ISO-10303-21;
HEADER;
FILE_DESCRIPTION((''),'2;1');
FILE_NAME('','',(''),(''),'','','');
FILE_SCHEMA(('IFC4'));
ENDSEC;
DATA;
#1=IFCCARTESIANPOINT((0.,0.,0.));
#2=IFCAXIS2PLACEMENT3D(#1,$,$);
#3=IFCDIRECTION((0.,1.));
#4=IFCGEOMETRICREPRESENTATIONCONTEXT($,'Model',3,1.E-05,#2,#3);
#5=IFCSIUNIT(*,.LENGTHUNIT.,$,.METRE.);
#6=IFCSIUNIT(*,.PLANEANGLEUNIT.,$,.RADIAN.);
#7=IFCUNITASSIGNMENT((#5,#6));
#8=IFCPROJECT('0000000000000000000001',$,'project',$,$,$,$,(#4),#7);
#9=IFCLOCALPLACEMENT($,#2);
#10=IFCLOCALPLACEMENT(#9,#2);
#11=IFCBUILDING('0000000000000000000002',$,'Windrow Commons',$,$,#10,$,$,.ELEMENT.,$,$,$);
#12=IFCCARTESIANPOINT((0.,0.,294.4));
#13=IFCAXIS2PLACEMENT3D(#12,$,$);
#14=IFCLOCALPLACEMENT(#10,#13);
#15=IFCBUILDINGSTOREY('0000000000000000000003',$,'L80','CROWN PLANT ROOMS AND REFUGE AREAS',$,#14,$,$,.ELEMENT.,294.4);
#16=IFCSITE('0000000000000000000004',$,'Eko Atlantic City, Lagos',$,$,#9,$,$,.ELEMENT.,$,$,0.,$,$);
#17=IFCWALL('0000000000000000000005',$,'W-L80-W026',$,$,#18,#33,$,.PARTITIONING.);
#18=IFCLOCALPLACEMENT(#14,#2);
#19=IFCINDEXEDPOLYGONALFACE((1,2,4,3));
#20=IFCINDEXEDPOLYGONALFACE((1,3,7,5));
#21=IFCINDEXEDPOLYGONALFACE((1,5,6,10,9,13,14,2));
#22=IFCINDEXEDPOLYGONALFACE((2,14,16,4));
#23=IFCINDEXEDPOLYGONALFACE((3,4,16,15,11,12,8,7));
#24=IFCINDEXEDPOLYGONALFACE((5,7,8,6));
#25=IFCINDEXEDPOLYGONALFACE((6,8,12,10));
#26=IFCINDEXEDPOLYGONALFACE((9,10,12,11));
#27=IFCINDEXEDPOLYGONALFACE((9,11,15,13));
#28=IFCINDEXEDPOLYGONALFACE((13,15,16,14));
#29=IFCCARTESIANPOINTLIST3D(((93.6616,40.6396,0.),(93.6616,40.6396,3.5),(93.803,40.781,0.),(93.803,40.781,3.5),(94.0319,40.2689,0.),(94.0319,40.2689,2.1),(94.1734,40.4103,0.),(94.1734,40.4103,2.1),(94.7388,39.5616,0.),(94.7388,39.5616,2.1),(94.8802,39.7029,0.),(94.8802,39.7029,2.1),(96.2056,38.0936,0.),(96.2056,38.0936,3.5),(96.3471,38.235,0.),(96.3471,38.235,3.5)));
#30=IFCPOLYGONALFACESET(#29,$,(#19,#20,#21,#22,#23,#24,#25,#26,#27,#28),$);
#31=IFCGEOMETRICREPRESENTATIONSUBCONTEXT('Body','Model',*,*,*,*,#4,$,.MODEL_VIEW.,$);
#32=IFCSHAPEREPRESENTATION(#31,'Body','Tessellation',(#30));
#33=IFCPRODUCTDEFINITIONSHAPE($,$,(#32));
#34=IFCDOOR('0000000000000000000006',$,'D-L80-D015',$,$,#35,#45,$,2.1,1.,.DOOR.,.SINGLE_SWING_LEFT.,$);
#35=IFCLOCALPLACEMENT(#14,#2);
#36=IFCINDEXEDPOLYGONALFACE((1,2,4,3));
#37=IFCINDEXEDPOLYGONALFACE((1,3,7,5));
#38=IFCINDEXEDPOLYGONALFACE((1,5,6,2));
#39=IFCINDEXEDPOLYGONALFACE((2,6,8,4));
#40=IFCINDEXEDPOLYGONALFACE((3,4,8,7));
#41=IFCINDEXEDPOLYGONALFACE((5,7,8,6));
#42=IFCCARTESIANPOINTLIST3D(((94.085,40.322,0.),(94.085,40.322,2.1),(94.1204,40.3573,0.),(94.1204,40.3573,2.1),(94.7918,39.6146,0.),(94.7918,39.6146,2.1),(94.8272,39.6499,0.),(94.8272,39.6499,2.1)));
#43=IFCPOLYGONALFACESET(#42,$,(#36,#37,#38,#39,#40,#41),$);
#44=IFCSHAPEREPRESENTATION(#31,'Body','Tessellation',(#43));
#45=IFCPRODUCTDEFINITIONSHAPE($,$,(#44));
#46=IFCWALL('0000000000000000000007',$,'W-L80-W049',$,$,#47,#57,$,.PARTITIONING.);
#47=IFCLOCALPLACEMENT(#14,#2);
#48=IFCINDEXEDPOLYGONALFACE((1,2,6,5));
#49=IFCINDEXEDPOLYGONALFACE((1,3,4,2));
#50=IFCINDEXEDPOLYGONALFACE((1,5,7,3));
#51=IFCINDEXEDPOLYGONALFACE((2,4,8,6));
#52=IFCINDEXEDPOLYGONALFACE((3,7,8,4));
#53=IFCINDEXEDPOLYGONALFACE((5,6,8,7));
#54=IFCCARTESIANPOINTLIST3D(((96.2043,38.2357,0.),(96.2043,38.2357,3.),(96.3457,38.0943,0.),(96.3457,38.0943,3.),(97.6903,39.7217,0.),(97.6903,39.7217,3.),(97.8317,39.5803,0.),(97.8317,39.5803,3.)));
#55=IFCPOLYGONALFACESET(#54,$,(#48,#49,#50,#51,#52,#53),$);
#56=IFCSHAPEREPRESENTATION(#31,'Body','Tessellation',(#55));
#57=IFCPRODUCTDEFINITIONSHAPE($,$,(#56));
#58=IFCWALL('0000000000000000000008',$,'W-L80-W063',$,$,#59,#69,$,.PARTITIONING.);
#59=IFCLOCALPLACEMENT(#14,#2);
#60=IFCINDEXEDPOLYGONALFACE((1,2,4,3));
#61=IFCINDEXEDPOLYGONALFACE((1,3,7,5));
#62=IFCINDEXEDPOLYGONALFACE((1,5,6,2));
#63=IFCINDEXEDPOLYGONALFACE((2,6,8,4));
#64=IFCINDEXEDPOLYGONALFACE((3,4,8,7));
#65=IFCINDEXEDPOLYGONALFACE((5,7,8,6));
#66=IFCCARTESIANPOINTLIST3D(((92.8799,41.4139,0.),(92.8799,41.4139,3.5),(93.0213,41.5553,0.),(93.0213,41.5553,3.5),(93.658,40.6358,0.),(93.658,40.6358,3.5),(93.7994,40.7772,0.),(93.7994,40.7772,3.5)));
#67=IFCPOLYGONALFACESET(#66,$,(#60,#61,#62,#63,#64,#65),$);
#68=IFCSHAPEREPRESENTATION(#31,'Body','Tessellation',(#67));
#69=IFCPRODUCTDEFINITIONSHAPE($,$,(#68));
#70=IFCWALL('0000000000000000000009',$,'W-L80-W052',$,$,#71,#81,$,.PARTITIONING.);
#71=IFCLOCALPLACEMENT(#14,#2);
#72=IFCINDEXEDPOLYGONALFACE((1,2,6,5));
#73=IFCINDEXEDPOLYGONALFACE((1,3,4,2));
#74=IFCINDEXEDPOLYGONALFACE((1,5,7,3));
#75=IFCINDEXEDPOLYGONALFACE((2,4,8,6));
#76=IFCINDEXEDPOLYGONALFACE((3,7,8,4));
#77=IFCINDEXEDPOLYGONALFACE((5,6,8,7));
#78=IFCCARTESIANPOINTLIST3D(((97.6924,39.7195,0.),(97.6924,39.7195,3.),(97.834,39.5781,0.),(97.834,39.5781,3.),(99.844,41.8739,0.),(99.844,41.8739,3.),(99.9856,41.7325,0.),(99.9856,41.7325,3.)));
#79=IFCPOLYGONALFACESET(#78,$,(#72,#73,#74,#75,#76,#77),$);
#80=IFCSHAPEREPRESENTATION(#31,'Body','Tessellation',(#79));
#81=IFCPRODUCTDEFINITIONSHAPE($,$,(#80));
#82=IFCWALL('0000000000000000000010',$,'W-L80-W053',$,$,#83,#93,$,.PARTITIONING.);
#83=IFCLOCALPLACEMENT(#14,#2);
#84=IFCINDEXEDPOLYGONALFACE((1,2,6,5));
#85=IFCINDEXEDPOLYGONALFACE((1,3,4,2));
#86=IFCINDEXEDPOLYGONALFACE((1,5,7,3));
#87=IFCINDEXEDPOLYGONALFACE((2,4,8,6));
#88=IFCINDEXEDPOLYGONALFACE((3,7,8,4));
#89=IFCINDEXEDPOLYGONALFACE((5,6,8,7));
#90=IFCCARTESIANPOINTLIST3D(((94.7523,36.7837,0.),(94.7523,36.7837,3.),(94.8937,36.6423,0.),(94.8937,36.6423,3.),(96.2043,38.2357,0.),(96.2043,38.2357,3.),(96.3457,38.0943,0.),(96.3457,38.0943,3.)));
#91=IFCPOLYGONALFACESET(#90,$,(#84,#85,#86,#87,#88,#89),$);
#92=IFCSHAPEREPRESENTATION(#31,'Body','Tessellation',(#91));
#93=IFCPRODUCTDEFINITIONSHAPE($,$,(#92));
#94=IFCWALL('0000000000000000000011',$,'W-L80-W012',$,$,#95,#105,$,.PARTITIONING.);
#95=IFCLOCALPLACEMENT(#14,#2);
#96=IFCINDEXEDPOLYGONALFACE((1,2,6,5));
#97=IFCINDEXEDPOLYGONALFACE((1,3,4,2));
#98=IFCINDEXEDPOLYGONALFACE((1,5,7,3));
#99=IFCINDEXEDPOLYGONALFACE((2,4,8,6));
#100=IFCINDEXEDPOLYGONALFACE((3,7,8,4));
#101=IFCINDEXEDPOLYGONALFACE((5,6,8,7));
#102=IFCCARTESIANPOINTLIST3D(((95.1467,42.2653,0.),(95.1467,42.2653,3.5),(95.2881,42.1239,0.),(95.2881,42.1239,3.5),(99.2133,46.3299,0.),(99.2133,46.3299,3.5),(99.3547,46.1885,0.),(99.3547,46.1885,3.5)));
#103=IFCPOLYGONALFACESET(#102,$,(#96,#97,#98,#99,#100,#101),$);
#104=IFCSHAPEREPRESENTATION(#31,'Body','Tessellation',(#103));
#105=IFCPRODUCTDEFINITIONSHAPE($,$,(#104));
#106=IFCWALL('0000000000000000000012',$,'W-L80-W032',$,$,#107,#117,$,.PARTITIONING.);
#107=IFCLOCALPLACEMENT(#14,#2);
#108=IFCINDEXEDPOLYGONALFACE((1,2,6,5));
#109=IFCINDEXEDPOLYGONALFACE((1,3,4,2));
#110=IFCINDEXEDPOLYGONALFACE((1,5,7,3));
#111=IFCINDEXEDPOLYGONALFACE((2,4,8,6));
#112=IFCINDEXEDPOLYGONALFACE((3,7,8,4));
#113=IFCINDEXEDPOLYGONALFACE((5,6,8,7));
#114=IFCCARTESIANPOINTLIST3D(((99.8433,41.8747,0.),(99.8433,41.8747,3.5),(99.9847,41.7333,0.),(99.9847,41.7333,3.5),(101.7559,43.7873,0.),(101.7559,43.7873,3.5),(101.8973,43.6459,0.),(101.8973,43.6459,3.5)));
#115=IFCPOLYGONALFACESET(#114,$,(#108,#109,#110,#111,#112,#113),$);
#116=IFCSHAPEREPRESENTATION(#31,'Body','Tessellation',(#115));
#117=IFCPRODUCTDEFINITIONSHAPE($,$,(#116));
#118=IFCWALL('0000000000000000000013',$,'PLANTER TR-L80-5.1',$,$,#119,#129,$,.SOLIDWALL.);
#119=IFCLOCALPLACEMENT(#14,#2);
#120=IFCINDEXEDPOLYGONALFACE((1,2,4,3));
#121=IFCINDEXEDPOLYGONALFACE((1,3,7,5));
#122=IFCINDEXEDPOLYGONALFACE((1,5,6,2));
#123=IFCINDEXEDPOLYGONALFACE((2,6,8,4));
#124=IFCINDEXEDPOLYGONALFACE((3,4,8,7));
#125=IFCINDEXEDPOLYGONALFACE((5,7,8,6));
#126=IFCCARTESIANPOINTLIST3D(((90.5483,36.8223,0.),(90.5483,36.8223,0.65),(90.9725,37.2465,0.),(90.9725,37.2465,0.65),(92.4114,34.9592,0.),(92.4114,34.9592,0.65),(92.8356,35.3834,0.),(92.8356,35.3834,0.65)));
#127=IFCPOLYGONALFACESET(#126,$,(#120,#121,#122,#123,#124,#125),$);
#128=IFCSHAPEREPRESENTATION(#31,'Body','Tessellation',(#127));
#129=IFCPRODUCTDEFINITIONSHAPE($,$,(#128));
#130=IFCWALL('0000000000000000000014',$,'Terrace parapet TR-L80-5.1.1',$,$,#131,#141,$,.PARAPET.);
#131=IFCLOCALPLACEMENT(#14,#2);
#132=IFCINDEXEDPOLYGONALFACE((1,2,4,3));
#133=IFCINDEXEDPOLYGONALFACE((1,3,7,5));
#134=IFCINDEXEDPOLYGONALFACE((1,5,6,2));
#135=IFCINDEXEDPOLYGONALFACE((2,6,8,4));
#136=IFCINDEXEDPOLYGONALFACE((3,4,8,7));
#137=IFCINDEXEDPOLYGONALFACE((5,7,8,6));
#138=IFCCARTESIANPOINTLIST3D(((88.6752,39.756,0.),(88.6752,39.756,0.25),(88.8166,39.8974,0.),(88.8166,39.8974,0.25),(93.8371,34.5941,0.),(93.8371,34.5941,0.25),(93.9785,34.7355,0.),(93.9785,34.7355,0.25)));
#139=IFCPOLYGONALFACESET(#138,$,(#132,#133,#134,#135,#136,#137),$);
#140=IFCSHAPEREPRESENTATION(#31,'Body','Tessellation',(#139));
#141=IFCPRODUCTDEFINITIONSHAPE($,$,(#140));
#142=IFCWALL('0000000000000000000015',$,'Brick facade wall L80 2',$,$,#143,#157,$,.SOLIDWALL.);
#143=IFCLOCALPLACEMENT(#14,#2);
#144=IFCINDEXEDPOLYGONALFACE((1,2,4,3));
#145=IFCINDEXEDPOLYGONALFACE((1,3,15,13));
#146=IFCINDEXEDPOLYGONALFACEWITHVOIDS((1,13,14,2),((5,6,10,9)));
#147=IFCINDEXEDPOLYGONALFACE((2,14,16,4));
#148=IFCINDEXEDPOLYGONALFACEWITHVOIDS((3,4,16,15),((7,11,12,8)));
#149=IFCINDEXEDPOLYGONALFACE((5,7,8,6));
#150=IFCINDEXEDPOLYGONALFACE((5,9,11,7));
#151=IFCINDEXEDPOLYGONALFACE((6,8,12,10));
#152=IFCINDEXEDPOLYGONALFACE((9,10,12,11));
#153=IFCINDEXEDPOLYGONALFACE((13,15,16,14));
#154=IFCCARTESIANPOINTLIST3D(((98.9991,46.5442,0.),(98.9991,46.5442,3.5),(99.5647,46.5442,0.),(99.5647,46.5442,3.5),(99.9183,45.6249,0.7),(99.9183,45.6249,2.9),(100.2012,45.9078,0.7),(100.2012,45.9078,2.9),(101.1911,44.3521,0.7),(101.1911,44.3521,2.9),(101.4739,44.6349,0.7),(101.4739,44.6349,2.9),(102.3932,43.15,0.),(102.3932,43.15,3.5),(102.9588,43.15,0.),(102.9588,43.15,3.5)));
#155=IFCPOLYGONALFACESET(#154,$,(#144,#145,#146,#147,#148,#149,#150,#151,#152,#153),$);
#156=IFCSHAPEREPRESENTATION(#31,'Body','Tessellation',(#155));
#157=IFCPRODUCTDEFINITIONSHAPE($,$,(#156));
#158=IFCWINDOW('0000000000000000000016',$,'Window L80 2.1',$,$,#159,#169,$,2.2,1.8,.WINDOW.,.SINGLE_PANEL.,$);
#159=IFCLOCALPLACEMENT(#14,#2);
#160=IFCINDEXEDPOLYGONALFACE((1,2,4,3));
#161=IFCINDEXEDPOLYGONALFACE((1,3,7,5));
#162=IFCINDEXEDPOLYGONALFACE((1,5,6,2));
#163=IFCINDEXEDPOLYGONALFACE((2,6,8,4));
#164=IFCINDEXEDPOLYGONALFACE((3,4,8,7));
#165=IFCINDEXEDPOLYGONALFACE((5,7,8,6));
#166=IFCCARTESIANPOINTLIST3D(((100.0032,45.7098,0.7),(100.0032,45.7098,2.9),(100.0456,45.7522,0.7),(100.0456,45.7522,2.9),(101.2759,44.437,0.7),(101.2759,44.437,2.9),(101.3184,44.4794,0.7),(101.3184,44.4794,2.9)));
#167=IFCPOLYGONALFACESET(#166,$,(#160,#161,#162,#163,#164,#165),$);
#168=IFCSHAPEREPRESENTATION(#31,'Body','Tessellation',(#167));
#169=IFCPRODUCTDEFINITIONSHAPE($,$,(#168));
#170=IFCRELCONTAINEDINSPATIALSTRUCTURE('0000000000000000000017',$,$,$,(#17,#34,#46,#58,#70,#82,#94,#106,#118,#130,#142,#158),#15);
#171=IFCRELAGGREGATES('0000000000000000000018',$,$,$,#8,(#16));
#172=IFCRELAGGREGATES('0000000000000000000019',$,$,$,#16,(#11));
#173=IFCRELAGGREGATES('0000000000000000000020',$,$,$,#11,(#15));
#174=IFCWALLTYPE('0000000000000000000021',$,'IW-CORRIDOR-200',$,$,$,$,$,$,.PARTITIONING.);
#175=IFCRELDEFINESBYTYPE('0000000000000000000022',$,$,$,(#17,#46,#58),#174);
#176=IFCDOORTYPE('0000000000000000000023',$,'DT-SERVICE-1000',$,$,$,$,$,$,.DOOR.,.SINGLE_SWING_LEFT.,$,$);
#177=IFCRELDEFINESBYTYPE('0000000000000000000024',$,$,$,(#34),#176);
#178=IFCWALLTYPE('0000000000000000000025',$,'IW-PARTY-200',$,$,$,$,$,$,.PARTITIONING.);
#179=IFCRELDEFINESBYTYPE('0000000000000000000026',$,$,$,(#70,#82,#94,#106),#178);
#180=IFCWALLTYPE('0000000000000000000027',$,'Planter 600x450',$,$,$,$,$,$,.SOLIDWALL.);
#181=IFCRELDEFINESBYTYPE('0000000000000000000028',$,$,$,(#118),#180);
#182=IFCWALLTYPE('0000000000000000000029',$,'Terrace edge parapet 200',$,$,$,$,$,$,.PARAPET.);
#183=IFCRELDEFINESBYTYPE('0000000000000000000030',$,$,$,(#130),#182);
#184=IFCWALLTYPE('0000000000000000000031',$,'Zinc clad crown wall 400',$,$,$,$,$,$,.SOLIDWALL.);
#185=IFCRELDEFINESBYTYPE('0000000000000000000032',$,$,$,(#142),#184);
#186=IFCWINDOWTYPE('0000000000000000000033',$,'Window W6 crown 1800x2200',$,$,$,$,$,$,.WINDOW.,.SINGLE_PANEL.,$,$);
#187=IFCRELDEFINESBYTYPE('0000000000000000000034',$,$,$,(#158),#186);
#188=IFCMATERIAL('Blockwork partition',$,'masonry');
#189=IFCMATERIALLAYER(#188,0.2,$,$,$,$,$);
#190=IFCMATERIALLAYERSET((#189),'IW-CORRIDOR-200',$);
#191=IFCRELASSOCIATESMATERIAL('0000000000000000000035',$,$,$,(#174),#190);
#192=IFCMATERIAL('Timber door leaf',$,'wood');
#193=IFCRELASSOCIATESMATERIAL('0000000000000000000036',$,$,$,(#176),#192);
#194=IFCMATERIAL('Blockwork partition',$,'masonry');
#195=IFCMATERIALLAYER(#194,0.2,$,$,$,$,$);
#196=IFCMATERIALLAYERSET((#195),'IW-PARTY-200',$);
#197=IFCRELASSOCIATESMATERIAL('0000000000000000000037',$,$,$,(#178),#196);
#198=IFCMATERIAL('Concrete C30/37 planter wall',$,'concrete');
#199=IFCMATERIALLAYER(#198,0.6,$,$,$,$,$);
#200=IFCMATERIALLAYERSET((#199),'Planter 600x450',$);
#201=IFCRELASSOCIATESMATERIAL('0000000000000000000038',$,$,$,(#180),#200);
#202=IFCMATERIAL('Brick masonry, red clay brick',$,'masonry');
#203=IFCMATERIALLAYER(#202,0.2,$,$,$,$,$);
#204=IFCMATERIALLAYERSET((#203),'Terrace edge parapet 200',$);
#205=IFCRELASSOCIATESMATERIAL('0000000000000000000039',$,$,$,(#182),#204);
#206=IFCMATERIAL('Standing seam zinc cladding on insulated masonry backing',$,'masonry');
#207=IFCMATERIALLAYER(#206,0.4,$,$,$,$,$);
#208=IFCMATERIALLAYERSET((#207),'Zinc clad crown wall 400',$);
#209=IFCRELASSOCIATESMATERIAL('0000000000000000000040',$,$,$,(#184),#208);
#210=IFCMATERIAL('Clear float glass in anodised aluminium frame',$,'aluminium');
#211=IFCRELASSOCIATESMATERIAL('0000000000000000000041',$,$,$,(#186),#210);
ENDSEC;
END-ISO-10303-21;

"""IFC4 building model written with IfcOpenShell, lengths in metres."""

from ifc_helpers import new_model, si_unit, direction, frame, frame_2d, origin, place, context, subcontext, project, spatial, polyline, rectangle, outline, extrude, material, layer, layer_set, type_object, element, fill, save


model = new_model("IFC4")

# Units and contexts
model_context = context("Model", 3, precision=1e-05, world=origin(), true_north=direction((0.0, 1.0)))
body_context = subcontext(model_context, "Body", "Model", "MODEL_VIEW")
ifc_project = project(units=[si_unit("LENGTHUNIT", "METRE"), si_unit("PLANEANGLEUNIT", "RADIAN")], contexts=[model_context])

# Site, building, storey
site_placement = place(None, origin())
site = spatial("IfcSite", under=ifc_project, at=site_placement, Name="Eko Atlantic City, Lagos", CompositionType="ELEMENT", RefElevation=0.0)
building_placement = place(site_placement, origin())
building = spatial("IfcBuilding", under=site, at=building_placement, Name="Windrow Commons", CompositionType="ELEMENT")
storey_placement = place(building_placement, frame((0.0, 0.0, 294.4)))
storey = spatial("IfcBuildingStorey", under=building, at=storey_placement, Name="L80", Description="CROWN PLANT ROOMS AND REFUGE AREAS", CompositionType="ELEMENT", Elevation=294.4)

# Wall, opening, door
ifc_material_1 = material(Name="Blockwork partition", Category="masonry")
ifc_layer_1 = layer(ifc_material_1, 0.2)
ifc_layer_set_1 = layer_set([ifc_layer_1], Name="IW-CORRIDOR-200")
wall_type_1 = type_object("IfcWallType", Name="IW-CORRIDOR-200", PredefinedType="PARTITIONING", material=ifc_layer_set_1)
ifc_material_2 = material(Name="Timber door leaf", Category="wood")
door_type = type_object("IfcDoorType", Name="DT-SERVICE-1000", OperationType="SINGLE_SWING_LEFT", PredefinedType="DOOR", material=ifc_material_2)
wall_1_placement = place(storey_placement, frame((93.7323, 40.7103, 0.0), z_axis=(0.0, 0.0, 1.0), x_axis=(0.706829, -0.707385, 0.0)))
wall_1 = element("IfcWall", 1, at=wall_1_placement, inside=storey, type_object=wall_type_1, Name="W-L80-W026", PredefinedType="PARTITIONING", context=body_context, shape_type="SweptSolid", body=[
    extrude(rectangle(XDim=3.5992, YDim=0.2, at=frame_2d((1.7996, 0.0))), origin(), (0.0, 0.0, 1.0), 3.5),
])
opening_1_placement = place(wall_1_placement, frame((0.524, 0.0, 0.0)))
opening_1 = element("IfcOpeningElement", 2, at=opening_1_placement, cuts=wall_1, PredefinedType="OPENING", context=body_context, shape_type="SweptSolid", body=[
    extrude(rectangle(XDim=1.0, YDim=2.1, at=frame_2d((0.5, 1.05))), frame((0.0, 0.11, 0.0), z_axis=(0.0, -1.0, 0.0), x_axis=(1.0, 0.0, 0.0)), (0.0, 0.0, 1.0), 0.22),
])
door_1_placement = place(opening_1_placement, origin())
door_1 = element("IfcDoor", 3, at=door_1_placement, inside=storey, type_object=door_type, Name="D-L80-D015", OperationType="SINGLE_SWING_LEFT", OverallHeight=2.1, OverallWidth=1.0, PredefinedType="DOOR", context=body_context, shape_type="SweptSolid", body=[
    extrude(rectangle(XDim=1.0, YDim=2.1, at=frame_2d((0.5, 1.05))), frame((0.0, 0.025, 0.0), z_axis=(0.0, -1.0, 0.0), x_axis=(1.0, 0.0, 0.0)), (0.0, 0.0, 1.0), 0.05),
])
fill(opening_1, door_1)

# Walls
wall_2_placement = place(storey_placement, frame((96.275, 38.165, 0.0), z_axis=(0.0, 0.0, 1.0), x_axis=(0.707107, 0.707107, 0.0)))
element("IfcWall", 4, at=wall_2_placement, inside=storey, type_object=wall_type_1, Name="W-L80-W049", PredefinedType="PARTITIONING", context=body_context, shape_type="SweptSolid", body=[
    extrude(rectangle(XDim=2.1015, YDim=0.2, at=frame_2d((1.0508, 0.0))), origin(), (0.0, 0.0, 1.0), 3.0),
])
wall_3_placement = place(storey_placement, frame((92.9506, 41.4846, 0.0), z_axis=(0.0, 0.0, 1.0), x_axis=(0.707107, -0.707107, 0.0)))
element("IfcWall", 5, at=wall_3_placement, inside=storey, type_object=wall_type_1, Name="W-L80-W063", PredefinedType="PARTITIONING", context=body_context, shape_type="SweptSolid", body=[
    extrude(rectangle(XDim=1.1003, YDim=0.2, at=frame_2d((0.5502, 0.0))), origin(), (0.0, 0.0, 1.0), 3.5),
])
ifc_material_3 = material(Name="Blockwork partition", Category="masonry")
ifc_layer_2 = layer(ifc_material_3, 0.2)
ifc_layer_set_2 = layer_set([ifc_layer_2], Name="IW-PARTY-200")
wall_type_2 = type_object("IfcWallType", Name="IW-PARTY-200", PredefinedType="PARTITIONING", material=ifc_layer_set_2)
wall_4_placement = place(storey_placement, frame((97.7632, 39.6488, 0.0), z_axis=(0.0, 0.0, 1.0), x_axis=(0.706647, 0.707566, 0.0)))
element("IfcWall", 6, at=wall_4_placement, inside=storey, type_object=wall_type_2, Name="W-L80-W052", PredefinedType="PARTITIONING", context=body_context, shape_type="SweptSolid", body=[
    extrude(rectangle(XDim=3.0448, YDim=0.2, at=frame_2d((1.5224, 0.0))), origin(), (0.0, 0.0, 1.0), 3.0),
])
wall_5_placement = place(storey_placement, frame((94.823, 36.713, 0.0), z_axis=(0.0, 0.0, 1.0), x_axis=(0.707107, 0.707107, 0.0)))
element("IfcWall", 7, at=wall_5_placement, inside=storey, type_object=wall_type_2, Name="W-L80-W053", PredefinedType="PARTITIONING", context=body_context, shape_type="SweptSolid", body=[
    extrude(rectangle(XDim=2.0534, YDim=0.2, at=frame_2d((1.0267, 0.0))), origin(), (0.0, 0.0, 1.0), 3.0),
])
wall_6_placement = place(storey_placement, frame((95.2174, 42.1946, 0.0), z_axis=(0.0, 0.0, 1.0), x_axis=(0.707281, 0.706933, 0.0)))
element("IfcWall", 8, at=wall_6_placement, inside=storey, type_object=wall_type_2, Name="W-L80-W012", PredefinedType="PARTITIONING", context=body_context, shape_type="SweptSolid", body=[
    extrude(outline(polyline([(0.0, -0.1), (5.7496, -0.1), (5.7496, 0.1), (0.0, 0.1), (0.0, -0.1)])), origin(), (0.0, 0.0, 1.0), 3.5),
])
wall_7_placement = place(storey_placement, frame((99.914, 41.804, 0.0), z_axis=(0.0, 0.0, 1.0), x_axis=(0.707107, 0.707107, 0.0)))
element("IfcWall", 9, at=wall_7_placement, inside=storey, type_object=wall_type_2, Name="W-L80-W032", PredefinedType="PARTITIONING", context=body_context, shape_type="SweptSolid", body=[
    extrude(outline(polyline([(0.0, -0.1), (2.7048, -0.1), (2.7048, 0.1), (0.0, 0.1), (0.0, -0.1)])), origin(), (0.0, 0.0, 1.0), 3.5),
])
ifc_material_4 = material(Name="Concrete C30/37 planter wall", Category="concrete")
ifc_layer_3 = layer(ifc_material_4, 0.6)
ifc_layer_set_3 = layer_set([ifc_layer_3], Name="Planter 600x450")
wall_type_3 = type_object("IfcWallType", Name="Planter 600x450", PredefinedType="SOLIDWALL", material=ifc_layer_set_3)
wall_8_placement = place(storey_placement, frame((92.6235, 35.1713, 0.0), z_axis=(0.0, 0.0, 1.0), x_axis=(-0.707107, 0.707107, 0.0)))
element("IfcWall", 10, at=wall_8_placement, inside=storey, type_object=wall_type_3, Name="PLANTER TR-L80-5.1", PredefinedType="SOLIDWALL", context=body_context, shape_type="SweptSolid", body=[
    extrude(outline(polyline([(0.0, -0.3), (2.6348, -0.3), (2.6348, 0.3), (0.0, 0.3), (0.0, -0.3)])), origin(), (0.0, 0.0, 1.0), 0.65),
])
ifc_material_5 = material(Name="Brick masonry, red clay brick", Category="masonry")
ifc_layer_4 = layer(ifc_material_5, 0.2)
ifc_layer_set_4 = layer_set([ifc_layer_4], Name="Terrace edge parapet 200")
wall_type_4 = type_object("IfcWallType", Name="Terrace edge parapet 200", PredefinedType="PARAPET", material=ifc_layer_set_4)
wall_9_placement = place(storey_placement, frame((93.9078, 34.6648, 0.0), z_axis=(0.0, 0.0, 1.0), x_axis=(-0.707107, 0.707107, 0.0)))
element("IfcWall", 11, at=wall_9_placement, inside=storey, type_object=wall_type_4, Name="Terrace parapet TR-L80-5.1.1", PredefinedType="PARAPET", context=body_context, shape_type="SweptSolid", body=[
    extrude(outline(polyline([(0.0, -0.1), (7.3, -0.1), (7.3, 0.1), (0.0, 0.1), (0.0, -0.1)])), origin(), (0.0, 0.0, 1.0), 0.25),
])

# Wall, opening, window
ifc_material_6 = material(Name="Standing seam zinc cladding on insulated masonry backing", Category="masonry")
ifc_layer_5 = layer(ifc_material_6, 0.4)
ifc_layer_set_5 = layer_set([ifc_layer_5], Name="Zinc clad crown wall 400")
wall_type_5 = type_object("IfcWallType", Name="Zinc clad crown wall 400", PredefinedType="SOLIDWALL", material=ifc_layer_set_5)
wall_10_placement = place(storey_placement, frame((102.676, 43.15, 0.0), z_axis=(0.0, 0.0, 1.0), x_axis=(-0.707096, 0.707117, 0.0)))
wall_10 = element("IfcWall", 12, at=wall_10_placement, inside=storey, type_object=wall_type_5, Name="Brick facade wall L80 2", PredefinedType="SOLIDWALL", context=body_context, shape_type="SweptSolid", body=[
    extrude(outline(polyline([(-0.2, -0.2), (4.6001, -0.2), (5.0, 0.2), (0.2, 0.2), (-0.2, -0.2)])), origin(), (0.0, 0.0, 1.0), 3.5),
])
opening_2_placement = place(wall_10_placement, frame((1.9, 0.0, 0.7)))
opening_2 = element("IfcOpeningElement", 13, at=opening_2_placement, cuts=wall_10, PredefinedType="OPENING", context=body_context, shape_type="SweptSolid", body=[
    extrude(rectangle(XDim=1.8, YDim=2.2, at=frame_2d((0.9, 1.1))), frame((0.0, 0.21, 0.0), z_axis=(0.0, -1.0, 0.0), x_axis=(1.0, 0.0, 0.0)), (0.0, 0.0, 1.0), 0.42),
])
ifc_material_7 = material(Name="Clear float glass in anodised aluminium frame", Category="aluminium")
window_type = type_object("IfcWindowType", Name="Window W6 crown 1800x2200", PartitioningType="SINGLE_PANEL", PredefinedType="WINDOW", material=ifc_material_7)
window_placement = place(opening_2_placement, origin())
window = element("IfcWindow", 14, at=window_placement, inside=storey, type_object=window_type, Name="Window L80 2.1", OverallHeight=2.2, OverallWidth=1.8, PartitioningType="SINGLE_PANEL", PredefinedType="WINDOW", context=body_context, shape_type="SweptSolid", body=[
    extrude(rectangle(XDim=1.8, YDim=2.2, at=frame_2d((0.9, 1.1))), frame((0.0, 0.08, 0.0), z_axis=(0.0, -1.0, 0.0), x_axis=(1.0, 0.0, 0.0)), (0.0, 0.0, 1.0), 0.06),
])
fill(opening_2, window)

save(model, "model.ifc")
